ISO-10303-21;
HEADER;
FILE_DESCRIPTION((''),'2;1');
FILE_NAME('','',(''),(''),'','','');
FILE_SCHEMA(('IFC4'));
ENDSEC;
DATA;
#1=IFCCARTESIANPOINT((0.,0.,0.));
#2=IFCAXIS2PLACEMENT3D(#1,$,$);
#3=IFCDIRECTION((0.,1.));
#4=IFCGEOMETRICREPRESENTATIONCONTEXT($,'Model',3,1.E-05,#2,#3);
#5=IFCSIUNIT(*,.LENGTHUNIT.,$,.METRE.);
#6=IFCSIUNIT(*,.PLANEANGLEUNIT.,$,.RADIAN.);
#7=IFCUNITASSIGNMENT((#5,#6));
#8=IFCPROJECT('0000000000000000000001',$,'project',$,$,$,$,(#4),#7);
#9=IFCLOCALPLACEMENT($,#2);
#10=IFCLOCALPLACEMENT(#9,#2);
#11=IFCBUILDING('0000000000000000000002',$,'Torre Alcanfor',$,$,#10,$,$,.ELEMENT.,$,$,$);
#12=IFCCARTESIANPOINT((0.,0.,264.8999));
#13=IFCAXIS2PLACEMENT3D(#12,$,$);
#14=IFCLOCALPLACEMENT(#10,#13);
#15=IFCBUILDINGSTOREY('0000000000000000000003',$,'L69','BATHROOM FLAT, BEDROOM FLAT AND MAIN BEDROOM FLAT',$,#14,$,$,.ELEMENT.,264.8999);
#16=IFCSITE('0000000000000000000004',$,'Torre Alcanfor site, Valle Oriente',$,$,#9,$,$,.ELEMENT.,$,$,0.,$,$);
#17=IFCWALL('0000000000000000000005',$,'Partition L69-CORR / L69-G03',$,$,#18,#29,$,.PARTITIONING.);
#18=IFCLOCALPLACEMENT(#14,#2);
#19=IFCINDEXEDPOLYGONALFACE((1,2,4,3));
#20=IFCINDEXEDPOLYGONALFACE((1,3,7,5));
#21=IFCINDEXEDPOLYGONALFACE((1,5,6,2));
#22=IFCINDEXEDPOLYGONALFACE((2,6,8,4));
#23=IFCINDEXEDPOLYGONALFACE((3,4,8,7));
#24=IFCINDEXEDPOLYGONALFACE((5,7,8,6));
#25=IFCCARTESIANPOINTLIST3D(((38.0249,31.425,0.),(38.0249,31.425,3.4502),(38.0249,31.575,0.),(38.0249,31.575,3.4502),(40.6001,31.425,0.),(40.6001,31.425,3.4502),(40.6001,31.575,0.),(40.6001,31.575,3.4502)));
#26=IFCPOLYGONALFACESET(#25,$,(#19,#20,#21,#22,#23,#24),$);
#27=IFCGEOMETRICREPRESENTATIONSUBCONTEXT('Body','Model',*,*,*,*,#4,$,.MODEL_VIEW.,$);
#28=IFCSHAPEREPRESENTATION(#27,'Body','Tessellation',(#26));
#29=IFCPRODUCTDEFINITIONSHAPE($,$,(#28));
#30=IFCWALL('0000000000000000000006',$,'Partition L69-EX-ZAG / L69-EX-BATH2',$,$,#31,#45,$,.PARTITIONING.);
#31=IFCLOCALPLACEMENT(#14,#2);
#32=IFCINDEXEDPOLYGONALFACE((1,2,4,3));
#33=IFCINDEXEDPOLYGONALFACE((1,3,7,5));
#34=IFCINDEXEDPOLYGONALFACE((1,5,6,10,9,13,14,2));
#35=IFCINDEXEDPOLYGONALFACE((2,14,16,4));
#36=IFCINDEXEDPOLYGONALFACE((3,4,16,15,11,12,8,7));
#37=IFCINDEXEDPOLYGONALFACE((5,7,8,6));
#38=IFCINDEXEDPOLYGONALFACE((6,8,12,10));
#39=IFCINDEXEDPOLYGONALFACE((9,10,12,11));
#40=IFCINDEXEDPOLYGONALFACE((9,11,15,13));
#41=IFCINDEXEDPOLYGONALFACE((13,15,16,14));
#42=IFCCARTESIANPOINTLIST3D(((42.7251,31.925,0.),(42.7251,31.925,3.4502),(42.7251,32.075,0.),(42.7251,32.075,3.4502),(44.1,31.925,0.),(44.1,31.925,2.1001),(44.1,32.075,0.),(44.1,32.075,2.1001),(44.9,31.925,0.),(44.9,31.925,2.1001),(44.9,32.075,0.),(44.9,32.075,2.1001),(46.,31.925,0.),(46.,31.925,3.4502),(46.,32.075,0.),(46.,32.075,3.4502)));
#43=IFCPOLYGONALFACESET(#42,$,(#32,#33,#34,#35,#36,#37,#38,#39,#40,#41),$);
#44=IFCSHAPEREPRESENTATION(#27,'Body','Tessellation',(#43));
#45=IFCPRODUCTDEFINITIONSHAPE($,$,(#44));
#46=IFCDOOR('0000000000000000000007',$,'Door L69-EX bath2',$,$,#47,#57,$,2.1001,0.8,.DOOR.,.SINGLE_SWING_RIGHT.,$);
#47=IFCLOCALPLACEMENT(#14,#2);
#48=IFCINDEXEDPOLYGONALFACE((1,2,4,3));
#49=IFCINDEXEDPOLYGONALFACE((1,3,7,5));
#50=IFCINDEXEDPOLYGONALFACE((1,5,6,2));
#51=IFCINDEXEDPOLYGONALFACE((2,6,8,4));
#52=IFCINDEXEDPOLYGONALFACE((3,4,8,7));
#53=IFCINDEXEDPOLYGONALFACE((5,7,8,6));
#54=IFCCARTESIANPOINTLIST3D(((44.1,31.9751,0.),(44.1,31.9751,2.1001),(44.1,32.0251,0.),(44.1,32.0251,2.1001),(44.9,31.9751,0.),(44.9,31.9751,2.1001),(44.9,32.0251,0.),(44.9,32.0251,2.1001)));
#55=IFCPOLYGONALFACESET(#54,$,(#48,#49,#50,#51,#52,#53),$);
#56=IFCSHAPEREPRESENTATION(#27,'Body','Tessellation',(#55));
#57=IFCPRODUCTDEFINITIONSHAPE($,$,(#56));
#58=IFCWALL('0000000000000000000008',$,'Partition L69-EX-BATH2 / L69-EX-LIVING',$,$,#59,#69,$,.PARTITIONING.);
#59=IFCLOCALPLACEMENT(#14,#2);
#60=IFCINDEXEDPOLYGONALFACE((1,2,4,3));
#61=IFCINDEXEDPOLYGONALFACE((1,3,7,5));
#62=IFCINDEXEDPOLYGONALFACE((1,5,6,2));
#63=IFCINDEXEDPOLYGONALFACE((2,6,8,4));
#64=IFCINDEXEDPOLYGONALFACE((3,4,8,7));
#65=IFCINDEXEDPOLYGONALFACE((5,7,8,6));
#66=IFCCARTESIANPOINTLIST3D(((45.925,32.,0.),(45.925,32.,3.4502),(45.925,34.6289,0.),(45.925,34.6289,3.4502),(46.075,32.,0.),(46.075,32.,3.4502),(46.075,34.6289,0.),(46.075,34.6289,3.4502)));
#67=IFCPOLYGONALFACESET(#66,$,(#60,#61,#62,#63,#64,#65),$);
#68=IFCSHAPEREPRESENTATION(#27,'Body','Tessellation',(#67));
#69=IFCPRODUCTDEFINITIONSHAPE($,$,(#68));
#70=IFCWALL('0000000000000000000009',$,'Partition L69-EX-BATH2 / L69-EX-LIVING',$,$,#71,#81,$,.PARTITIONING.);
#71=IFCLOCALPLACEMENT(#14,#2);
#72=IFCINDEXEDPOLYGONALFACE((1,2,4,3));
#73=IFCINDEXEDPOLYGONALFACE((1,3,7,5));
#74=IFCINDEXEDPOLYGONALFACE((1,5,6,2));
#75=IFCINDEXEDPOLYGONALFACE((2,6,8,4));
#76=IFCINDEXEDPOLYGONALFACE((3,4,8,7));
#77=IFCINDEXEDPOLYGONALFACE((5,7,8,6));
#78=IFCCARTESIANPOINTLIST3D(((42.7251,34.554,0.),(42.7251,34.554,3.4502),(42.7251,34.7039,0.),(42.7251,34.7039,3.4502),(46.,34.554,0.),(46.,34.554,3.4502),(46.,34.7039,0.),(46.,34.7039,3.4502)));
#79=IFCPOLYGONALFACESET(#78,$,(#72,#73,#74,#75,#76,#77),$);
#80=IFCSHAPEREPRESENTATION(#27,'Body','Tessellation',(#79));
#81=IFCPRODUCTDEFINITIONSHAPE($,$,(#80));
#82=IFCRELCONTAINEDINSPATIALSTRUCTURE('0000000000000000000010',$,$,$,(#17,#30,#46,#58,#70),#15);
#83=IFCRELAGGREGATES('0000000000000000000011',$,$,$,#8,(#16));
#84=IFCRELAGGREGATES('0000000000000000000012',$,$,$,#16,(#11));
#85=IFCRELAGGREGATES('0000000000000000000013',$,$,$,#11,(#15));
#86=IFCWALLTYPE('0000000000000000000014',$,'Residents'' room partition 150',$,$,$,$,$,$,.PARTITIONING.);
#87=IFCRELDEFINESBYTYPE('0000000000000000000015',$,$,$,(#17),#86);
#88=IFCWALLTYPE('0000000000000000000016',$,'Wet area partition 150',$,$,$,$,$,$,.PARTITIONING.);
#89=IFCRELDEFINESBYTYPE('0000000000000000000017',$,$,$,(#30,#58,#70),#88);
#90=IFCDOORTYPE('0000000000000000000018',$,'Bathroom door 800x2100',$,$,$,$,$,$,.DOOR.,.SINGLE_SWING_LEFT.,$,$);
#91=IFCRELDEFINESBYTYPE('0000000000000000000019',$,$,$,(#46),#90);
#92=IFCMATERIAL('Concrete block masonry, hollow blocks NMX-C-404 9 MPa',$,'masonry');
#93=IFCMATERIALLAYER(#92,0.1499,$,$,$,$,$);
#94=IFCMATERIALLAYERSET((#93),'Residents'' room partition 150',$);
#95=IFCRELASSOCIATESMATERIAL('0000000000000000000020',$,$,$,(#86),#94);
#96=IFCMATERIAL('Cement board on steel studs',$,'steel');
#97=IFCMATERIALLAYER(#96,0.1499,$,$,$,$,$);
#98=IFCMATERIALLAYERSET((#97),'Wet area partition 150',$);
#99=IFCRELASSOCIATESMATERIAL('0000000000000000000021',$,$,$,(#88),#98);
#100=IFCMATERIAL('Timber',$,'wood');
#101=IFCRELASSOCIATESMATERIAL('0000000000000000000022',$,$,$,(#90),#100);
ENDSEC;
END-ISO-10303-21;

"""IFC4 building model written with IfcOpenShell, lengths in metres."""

from ifc_helpers import new_model, si_unit, direction, frame, frame_2d, origin, place, context, subcontext, project, spatial, rectangle, extrude, material, layer, layer_set, type_object, element, fill, save


model = new_model("IFC4")

# Units and contexts
model_context = context("Model", 3, precision=1e-05, world=origin(), true_north=direction((0.0, 1.0)))
body_context = subcontext(model_context, "Body", "Model", "MODEL_VIEW")
ifc_project = project(units=[si_unit("LENGTHUNIT", "METRE"), si_unit("PLANEANGLEUNIT", "RADIAN")], contexts=[model_context])

# Site, building, storey
site_placement = place(None, origin())
site = spatial("IfcSite", under=ifc_project, at=site_placement, Name="Torre Alcanfor site, Valle Oriente", CompositionType="ELEMENT", RefElevation=0.0)
building_placement = place(site_placement, origin())
building = spatial("IfcBuilding", under=site, at=building_placement, Name="Torre Alcanfor", CompositionType="ELEMENT")
storey_placement = place(building_placement, frame((0.0, 0.0, 264.8999)))
storey = spatial("IfcBuildingStorey", under=building, at=storey_placement, Name="L69", Description="BATHROOM FLAT, BEDROOM FLAT AND MAIN BEDROOM FLAT", CompositionType="ELEMENT", Elevation=264.8999)

# Wall
ifc_material_1 = material(Name="Concrete block masonry, hollow blocks NMX-C-404 9 MPa", Category="masonry")
ifc_layer_1 = layer(ifc_material_1, 0.1499)
ifc_layer_set_1 = layer_set([ifc_layer_1], Name="Residents' room partition 150")
wall_type_1 = type_object("IfcWallType", Name="Residents' room partition 150", PredefinedType="PARTITIONING", material=ifc_layer_set_1)
wall_1_placement = place(storey_placement, frame((40.6001, 31.5, 0.0), z_axis=(0.0, 0.0, 1.0), x_axis=(-1.0, 0.0, 0.0)))
element("IfcWall", 1, at=wall_1_placement, inside=storey, type_object=wall_type_1, Name="Partition L69-CORR / L69-G03", PredefinedType="PARTITIONING", context=body_context, shape_type="SweptSolid", body=[
    extrude(rectangle(XDim=2.5752, YDim=0.1499, at=frame_2d((1.2876, 0.0))), origin(), (0.0, 0.0, 1.0), 3.4502),
])

# Wall, opening, door
ifc_material_2 = material(Name="Cement board on steel studs", Category="steel")
ifc_layer_2 = layer(ifc_material_2, 0.1499)
ifc_layer_set_2 = layer_set([ifc_layer_2], Name="Wet area partition 150")
wall_type_2 = type_object("IfcWallType", Name="Wet area partition 150", PredefinedType="PARTITIONING", material=ifc_layer_set_2)
wall_2_placement = place(storey_placement, frame((46.0, 32.0, 0.0), z_axis=(0.0, 0.0, 1.0), x_axis=(-1.0, 0.0, 0.0)))
wall_2 = element("IfcWall", 2, at=wall_2_placement, inside=storey, type_object=wall_type_2, Name="Partition L69-EX-ZAG / L69-EX-BATH2", PredefinedType="PARTITIONING", context=body_context, shape_type="SweptSolid", body=[
    extrude(rectangle(XDim=3.2749, YDim=0.1499, at=frame_2d((1.6375, 0.0))), origin(), (0.0, 0.0, 1.0), 3.4502),
])
opening_1_placement = place(wall_2_placement, frame((1.1001, 0.0, 0.0)))
opening_1 = element("IfcOpeningElement", 3, at=opening_1_placement, cuts=wall_2, PredefinedType="OPENING", context=body_context, shape_type="SweptSolid", body=[
    extrude(rectangle(XDim=0.8, YDim=2.1001, at=frame_2d((0.3999, 1.05))), frame((0.0, 0.085, 0.0), z_axis=(0.0, -1.0, 0.0), x_axis=(1.0, 0.0, 0.0)), (0.0, 0.0, 1.0), 0.1699),
])
ifc_material_3 = material(Name="Timber", Category="wood")
door_type_1 = type_object("IfcDoorType", Name="Bathroom door 800x2100", OperationType="SINGLE_SWING_LEFT", PredefinedType="DOOR", material=ifc_material_3)
door_1_placement = place(opening_1_placement, frame((0.8, 0.0, 0.0), z_axis=(0.0, 0.0, 1.0), x_axis=(-1.0, 0.0, 0.0)))
door_1 = element("IfcDoor", 4, at=door_1_placement, inside=storey, type_object=door_type_1, Name="Door L69-EX bath2", OperationType="SINGLE_SWING_RIGHT", OverallHeight=2.1001, OverallWidth=0.8, PredefinedType="DOOR", context=body_context, shape_type="SweptSolid", body=[
    extrude(rectangle(XDim=0.8, YDim=2.1001, at=frame_2d((0.4001, 1.05))), frame((0.0, 0.0251, 0.0), z_axis=(0.0, -1.0, 0.0), x_axis=(1.0, 0.0, 0.0)), (0.0, 0.0, 1.0), 0.05),
])
fill(opening_1, door_1)

# Walls
wall_3_placement = place(storey_placement, frame((46.0, 32.0, 0.0), z_axis=(0.0, 0.0, 1.0), x_axis=(0.0, 1.0, 0.0)))
element("IfcWall", 5, at=wall_3_placement, inside=storey, type_object=wall_type_2, Name="Partition L69-EX-BATH2 / L69-EX-LIVING", PredefinedType="PARTITIONING", context=body_context, shape_type="SweptSolid", body=[
    extrude(rectangle(XDim=2.6289, YDim=0.1499, at=frame_2d((1.3145, 0.0))), origin(), (0.0, 0.0, 1.0), 3.4502),
])
wall_4_placement = place(storey_placement, frame((46.0, 34.6289, 0.0), z_axis=(0.0, 0.0, 1.0), x_axis=(-1.0, 0.0, 0.0)))
element("IfcWall", 6, at=wall_4_placement, inside=storey, type_object=wall_type_2, Name="Partition L69-EX-BATH2 / L69-EX-LIVING", PredefinedType="PARTITIONING", context=body_context, shape_type="SweptSolid", body=[
    extrude(rectangle(XDim=3.2749, YDim=0.1499, at=frame_2d((1.6375, 0.0))), origin(), (0.0, 0.0, 1.0), 3.4502),
])

save(model, "model.ifc")
